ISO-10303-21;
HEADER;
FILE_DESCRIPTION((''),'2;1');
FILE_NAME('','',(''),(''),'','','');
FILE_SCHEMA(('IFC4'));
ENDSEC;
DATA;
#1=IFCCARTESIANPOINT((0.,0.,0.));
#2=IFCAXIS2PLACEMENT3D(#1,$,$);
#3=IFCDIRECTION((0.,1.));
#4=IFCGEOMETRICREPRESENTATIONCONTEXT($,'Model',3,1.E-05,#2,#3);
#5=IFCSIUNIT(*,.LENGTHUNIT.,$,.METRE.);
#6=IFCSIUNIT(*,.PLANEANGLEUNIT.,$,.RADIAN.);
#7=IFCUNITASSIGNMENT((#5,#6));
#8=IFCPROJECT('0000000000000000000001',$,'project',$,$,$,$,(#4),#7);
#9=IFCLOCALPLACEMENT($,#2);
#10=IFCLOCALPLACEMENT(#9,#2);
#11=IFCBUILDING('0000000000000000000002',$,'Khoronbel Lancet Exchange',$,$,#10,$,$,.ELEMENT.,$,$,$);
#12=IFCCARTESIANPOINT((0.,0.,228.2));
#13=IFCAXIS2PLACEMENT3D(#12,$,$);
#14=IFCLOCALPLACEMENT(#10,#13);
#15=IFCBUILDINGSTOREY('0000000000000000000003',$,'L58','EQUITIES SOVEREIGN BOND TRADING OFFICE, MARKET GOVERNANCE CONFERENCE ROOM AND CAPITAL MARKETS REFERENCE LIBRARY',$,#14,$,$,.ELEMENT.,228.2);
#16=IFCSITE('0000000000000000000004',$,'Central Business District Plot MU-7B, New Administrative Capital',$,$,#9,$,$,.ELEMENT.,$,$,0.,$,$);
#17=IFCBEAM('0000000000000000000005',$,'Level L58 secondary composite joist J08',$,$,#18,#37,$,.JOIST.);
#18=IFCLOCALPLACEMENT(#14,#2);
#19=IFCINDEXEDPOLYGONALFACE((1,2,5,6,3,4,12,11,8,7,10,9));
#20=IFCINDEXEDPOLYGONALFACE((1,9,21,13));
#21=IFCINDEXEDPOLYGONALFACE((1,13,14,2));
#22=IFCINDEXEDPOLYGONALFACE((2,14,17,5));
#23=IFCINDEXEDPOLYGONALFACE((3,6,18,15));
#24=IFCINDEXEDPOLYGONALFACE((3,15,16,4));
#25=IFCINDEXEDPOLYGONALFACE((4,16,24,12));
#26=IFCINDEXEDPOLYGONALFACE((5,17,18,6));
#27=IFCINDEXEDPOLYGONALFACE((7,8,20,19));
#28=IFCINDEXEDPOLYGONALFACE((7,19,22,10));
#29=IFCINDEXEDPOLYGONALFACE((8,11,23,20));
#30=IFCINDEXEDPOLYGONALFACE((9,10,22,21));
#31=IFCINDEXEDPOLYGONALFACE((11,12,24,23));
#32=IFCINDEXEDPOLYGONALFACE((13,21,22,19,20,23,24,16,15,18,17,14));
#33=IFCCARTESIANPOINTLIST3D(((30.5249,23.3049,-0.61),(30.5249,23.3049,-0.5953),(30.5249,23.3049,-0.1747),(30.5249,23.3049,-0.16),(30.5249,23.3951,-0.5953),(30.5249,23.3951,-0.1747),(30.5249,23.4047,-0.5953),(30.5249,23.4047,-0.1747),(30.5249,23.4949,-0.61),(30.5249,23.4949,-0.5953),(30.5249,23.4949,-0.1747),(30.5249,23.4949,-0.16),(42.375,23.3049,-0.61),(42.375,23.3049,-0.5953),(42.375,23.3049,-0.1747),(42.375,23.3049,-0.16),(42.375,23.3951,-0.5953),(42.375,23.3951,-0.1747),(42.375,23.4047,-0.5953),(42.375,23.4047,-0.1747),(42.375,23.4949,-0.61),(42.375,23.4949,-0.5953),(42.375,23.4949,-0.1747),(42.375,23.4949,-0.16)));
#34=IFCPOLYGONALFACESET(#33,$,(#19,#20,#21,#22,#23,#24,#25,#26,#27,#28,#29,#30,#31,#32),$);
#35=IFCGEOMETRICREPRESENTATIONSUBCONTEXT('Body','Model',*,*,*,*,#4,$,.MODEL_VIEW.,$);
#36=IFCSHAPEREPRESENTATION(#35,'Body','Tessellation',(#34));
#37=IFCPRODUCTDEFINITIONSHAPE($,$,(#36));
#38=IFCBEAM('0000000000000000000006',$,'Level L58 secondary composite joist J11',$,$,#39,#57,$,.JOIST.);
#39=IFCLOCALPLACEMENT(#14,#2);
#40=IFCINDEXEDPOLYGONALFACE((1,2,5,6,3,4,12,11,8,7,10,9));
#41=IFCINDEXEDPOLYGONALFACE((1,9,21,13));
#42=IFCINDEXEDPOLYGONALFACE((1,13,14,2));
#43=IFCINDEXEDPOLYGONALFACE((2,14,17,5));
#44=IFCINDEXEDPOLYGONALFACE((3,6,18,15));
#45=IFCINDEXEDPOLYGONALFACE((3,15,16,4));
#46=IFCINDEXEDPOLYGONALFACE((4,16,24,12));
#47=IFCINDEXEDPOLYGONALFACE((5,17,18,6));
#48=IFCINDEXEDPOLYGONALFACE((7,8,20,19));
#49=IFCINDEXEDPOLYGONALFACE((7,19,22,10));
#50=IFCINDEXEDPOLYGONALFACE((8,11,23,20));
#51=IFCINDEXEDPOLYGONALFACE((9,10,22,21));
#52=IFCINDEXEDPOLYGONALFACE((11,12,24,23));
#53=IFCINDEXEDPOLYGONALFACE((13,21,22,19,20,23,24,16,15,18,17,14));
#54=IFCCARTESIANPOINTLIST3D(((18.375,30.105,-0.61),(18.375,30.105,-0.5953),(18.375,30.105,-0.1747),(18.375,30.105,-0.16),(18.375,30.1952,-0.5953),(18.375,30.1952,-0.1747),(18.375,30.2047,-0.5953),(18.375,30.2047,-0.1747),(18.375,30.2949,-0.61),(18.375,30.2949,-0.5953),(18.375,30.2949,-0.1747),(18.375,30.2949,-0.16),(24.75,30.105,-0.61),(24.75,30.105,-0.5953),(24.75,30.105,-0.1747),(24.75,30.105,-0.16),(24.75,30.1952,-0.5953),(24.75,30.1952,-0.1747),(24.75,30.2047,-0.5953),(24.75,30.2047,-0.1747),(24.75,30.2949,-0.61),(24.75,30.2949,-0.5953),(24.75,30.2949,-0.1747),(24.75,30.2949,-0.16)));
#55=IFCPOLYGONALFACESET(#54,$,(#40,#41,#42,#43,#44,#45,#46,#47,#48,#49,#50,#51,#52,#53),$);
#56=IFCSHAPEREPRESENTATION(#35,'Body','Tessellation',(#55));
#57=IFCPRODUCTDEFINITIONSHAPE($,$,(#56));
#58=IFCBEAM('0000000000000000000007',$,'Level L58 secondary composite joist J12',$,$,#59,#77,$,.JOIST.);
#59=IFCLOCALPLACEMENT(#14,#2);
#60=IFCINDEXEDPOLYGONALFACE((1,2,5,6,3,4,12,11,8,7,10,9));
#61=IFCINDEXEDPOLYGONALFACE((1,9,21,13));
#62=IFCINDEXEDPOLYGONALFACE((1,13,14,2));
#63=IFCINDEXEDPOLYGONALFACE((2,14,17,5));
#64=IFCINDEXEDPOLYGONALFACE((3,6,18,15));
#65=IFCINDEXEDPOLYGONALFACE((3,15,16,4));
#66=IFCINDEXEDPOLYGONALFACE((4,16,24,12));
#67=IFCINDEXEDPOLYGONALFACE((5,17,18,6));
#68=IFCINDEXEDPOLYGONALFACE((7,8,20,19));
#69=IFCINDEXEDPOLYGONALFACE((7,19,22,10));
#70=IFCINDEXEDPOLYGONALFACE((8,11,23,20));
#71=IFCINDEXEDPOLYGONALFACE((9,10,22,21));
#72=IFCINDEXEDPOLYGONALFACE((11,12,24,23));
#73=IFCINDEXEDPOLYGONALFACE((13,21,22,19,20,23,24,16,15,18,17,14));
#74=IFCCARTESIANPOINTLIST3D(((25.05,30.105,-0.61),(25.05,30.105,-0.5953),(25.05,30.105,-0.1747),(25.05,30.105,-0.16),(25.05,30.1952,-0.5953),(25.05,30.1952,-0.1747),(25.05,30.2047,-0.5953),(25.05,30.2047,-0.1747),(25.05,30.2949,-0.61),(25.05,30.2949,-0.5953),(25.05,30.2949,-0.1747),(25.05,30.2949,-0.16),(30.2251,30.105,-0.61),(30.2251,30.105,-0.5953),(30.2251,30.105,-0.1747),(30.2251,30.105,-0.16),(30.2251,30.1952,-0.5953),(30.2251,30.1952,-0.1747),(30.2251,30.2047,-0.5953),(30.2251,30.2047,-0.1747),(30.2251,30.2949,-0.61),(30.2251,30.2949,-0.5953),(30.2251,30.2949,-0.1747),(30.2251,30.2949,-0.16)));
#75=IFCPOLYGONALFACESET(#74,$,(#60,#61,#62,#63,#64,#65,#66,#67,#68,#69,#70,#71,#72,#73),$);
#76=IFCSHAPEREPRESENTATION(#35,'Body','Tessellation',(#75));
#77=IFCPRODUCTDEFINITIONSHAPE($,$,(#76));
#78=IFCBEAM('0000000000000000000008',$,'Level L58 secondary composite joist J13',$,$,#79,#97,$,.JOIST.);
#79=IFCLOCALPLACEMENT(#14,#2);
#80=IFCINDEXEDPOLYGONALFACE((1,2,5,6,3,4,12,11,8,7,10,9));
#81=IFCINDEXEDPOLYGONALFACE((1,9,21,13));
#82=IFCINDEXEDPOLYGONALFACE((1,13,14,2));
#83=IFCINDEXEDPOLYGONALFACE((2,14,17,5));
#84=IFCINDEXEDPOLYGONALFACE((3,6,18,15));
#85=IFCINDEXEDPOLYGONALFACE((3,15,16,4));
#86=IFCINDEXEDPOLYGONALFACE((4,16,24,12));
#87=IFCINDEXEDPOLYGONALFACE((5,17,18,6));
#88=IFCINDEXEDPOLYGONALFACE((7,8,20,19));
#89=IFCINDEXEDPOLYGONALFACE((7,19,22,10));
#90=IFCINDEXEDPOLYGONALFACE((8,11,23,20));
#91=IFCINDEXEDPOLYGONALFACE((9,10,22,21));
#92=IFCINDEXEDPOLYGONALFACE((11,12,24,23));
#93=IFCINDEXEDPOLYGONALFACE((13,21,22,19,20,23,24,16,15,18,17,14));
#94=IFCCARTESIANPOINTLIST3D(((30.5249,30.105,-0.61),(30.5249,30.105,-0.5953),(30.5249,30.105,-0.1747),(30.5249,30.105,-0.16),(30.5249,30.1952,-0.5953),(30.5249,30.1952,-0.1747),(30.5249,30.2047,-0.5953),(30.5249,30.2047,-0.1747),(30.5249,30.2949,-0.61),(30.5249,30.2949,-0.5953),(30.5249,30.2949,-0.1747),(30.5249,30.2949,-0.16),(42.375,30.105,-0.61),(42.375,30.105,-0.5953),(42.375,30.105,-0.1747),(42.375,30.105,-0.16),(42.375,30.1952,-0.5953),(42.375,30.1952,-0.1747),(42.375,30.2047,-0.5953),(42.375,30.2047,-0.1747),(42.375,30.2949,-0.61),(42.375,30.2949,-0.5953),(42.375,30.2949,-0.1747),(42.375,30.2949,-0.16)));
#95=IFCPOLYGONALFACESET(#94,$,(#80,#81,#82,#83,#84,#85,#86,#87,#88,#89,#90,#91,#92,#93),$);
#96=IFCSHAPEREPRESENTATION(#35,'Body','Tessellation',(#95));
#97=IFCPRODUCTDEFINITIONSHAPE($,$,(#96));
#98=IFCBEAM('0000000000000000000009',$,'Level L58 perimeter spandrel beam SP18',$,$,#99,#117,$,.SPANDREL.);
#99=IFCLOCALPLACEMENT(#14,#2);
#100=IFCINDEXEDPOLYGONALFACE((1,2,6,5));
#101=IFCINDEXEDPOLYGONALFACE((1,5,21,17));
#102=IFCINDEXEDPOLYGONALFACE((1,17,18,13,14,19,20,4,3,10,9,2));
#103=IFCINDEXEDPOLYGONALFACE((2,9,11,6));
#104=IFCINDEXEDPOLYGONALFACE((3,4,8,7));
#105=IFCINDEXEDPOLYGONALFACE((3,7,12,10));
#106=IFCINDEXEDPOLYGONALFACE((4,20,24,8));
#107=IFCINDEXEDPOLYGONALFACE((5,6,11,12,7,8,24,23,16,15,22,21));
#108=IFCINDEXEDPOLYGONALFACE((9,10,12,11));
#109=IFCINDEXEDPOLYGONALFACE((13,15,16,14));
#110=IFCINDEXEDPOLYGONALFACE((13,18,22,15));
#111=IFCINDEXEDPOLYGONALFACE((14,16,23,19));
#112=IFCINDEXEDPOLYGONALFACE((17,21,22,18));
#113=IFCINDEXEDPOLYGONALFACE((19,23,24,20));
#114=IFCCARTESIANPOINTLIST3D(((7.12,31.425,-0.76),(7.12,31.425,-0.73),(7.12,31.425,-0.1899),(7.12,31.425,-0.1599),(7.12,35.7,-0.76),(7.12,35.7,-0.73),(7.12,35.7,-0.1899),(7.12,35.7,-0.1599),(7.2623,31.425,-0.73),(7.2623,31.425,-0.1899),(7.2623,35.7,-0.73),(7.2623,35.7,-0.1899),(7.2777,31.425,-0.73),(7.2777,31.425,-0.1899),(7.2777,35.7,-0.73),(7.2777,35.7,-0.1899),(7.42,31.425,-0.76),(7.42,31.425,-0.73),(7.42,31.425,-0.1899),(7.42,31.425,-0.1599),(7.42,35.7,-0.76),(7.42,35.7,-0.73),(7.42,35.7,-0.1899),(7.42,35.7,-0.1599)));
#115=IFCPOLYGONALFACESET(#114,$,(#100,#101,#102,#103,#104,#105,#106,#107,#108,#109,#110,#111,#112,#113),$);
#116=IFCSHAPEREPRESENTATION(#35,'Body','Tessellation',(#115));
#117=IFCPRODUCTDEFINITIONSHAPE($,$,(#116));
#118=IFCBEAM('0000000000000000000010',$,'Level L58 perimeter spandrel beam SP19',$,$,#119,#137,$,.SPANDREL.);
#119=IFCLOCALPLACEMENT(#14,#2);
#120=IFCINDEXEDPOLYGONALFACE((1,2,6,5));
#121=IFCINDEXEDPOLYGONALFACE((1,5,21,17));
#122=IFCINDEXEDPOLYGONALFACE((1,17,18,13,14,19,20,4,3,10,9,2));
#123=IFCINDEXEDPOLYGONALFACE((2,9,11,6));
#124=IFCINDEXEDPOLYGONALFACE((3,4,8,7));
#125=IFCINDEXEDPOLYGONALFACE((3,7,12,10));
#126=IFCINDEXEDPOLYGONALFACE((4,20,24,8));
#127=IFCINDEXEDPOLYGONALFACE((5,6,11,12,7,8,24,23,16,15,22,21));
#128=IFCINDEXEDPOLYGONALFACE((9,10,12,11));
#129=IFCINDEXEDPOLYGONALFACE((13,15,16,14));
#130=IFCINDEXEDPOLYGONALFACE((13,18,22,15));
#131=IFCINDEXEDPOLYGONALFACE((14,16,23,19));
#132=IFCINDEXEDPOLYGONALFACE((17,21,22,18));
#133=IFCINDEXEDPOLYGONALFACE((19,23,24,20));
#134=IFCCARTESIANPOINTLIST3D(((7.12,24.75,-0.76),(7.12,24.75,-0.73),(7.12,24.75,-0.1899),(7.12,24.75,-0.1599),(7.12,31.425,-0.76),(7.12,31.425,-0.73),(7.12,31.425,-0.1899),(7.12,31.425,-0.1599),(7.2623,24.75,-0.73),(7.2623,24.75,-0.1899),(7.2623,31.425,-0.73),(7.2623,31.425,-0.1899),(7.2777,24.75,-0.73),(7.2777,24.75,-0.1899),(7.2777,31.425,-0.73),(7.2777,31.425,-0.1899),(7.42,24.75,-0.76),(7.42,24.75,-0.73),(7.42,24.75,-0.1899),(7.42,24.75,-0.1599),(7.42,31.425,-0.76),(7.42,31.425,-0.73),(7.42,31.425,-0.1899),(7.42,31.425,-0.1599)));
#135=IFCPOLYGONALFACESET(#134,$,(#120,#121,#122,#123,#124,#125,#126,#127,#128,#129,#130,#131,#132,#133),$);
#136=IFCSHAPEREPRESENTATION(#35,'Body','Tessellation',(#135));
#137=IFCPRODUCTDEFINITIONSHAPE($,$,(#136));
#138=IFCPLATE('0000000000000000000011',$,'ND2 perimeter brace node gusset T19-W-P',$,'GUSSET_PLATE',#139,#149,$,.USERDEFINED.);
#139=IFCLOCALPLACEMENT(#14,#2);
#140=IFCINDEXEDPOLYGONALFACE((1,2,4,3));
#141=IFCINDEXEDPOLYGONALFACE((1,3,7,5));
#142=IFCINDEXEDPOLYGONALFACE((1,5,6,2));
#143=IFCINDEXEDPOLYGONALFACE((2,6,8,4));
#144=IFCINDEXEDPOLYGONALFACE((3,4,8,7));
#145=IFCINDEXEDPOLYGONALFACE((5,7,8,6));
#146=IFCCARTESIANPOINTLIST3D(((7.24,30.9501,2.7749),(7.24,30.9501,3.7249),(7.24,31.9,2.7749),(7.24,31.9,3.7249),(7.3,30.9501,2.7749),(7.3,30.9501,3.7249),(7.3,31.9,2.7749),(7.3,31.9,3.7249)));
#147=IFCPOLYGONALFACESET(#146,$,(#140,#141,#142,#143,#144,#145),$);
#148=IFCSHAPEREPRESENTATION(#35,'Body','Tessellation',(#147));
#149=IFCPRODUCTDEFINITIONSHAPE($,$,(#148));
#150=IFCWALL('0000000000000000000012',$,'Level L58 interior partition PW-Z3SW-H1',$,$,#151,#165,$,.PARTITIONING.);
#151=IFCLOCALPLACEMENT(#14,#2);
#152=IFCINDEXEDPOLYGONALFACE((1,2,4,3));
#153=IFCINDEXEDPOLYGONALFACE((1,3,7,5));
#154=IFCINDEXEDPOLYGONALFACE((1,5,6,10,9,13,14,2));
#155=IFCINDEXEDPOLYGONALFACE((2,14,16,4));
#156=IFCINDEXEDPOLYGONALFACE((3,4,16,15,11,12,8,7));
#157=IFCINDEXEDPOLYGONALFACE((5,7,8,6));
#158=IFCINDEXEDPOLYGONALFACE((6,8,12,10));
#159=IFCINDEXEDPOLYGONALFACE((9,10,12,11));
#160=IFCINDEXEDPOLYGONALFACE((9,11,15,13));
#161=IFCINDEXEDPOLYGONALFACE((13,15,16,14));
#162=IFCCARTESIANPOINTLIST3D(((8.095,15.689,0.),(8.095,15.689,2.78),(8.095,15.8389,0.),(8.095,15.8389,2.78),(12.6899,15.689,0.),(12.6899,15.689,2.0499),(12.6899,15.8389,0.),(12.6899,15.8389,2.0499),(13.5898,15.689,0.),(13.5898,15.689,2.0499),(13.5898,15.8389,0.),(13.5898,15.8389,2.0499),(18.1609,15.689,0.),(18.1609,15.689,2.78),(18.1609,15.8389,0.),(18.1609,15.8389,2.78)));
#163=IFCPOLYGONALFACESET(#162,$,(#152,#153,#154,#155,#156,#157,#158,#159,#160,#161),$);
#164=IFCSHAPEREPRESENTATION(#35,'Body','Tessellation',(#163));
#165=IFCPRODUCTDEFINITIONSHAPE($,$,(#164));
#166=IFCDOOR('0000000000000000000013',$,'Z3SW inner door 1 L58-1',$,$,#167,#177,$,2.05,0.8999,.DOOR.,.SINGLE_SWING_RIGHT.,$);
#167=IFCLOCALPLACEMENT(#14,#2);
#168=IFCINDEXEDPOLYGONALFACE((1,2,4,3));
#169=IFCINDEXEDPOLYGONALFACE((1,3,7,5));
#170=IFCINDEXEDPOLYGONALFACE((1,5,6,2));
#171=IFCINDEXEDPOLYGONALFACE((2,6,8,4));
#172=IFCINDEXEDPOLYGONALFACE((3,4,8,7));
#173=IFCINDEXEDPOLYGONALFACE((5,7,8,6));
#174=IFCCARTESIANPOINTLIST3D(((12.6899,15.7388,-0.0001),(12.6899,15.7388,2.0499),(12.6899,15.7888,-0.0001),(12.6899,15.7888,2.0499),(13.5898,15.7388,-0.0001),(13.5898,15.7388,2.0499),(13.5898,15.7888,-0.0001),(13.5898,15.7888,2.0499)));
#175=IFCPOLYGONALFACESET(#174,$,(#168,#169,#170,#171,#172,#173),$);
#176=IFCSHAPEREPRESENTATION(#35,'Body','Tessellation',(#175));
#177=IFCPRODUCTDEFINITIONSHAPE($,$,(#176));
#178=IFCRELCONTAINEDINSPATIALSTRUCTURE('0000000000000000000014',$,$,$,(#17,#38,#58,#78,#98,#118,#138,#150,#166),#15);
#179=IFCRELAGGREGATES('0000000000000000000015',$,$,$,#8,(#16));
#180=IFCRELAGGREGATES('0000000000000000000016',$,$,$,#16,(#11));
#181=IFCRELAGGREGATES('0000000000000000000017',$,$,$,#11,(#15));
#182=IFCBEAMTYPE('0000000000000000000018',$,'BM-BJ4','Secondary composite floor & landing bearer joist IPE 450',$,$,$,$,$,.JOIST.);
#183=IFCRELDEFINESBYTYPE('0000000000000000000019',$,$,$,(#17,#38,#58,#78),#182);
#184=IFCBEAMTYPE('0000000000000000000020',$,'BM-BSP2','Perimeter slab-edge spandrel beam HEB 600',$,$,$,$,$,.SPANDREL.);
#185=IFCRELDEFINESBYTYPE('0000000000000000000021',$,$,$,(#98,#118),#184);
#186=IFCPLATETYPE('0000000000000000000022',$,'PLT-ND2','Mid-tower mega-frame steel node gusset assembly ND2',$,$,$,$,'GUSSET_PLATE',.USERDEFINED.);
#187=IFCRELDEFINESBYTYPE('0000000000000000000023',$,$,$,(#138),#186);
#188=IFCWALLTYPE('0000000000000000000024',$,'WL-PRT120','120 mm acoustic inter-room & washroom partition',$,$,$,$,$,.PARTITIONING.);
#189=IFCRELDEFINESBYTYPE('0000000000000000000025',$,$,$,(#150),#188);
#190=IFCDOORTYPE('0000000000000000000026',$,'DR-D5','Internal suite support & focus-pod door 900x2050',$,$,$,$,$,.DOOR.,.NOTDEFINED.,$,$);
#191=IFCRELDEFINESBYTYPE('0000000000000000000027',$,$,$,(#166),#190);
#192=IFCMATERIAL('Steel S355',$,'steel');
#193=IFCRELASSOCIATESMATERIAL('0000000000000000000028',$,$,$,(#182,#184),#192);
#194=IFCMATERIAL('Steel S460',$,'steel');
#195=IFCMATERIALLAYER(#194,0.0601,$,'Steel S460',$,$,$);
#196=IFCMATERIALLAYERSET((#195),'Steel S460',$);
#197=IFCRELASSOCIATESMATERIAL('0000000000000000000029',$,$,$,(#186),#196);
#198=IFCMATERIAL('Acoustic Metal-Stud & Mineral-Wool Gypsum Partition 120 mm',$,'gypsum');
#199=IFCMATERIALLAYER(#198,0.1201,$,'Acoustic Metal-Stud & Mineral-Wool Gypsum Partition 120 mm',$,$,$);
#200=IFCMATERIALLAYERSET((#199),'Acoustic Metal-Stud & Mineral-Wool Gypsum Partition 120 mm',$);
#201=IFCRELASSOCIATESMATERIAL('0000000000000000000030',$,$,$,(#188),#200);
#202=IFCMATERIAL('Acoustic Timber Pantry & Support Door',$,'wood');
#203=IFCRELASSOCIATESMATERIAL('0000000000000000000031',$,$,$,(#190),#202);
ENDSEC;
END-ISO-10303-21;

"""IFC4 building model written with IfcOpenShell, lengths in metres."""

from ifc_helpers import new_model, si_unit, direction, frame, frame_2d, origin, origin_2d, place, context, subcontext, project, spatial, rectangle, i_section, extrude, material, layer, layer_set, material_profile, profile_set, type_object, element, fill, save


model = new_model("IFC4")

# Units and contexts
model_context = context("Model", 3, precision=1e-05, world=origin(), true_north=direction((0.0, 1.0)))
body_context = subcontext(model_context, "Body", "Model", "MODEL_VIEW")
ifc_project = project(units=[si_unit("LENGTHUNIT", "METRE"), si_unit("PLANEANGLEUNIT", "RADIAN")], contexts=[model_context])

# Site, building, storey
site_placement = place(None, origin())
site = spatial("IfcSite", under=ifc_project, at=site_placement, Name="Central Business District Plot MU-7B, New Administrative Capital", CompositionType="ELEMENT", RefElevation=0.0)
building_placement = place(site_placement, origin())
building = spatial("IfcBuilding", under=site, at=building_placement, Name="Khoronbel Lancet Exchange", CompositionType="ELEMENT")
storey_placement = place(building_placement, frame((0.0, 0.0, 228.2)))
storey = spatial("IfcBuildingStorey", under=building, at=storey_placement, Name="L58", Description="EQUITIES SOVEREIGN BOND TRADING OFFICE, MARKET GOVERNANCE CONFERENCE ROOM AND CAPITAL MARKETS REFERENCE LIBRARY", CompositionType="ELEMENT", Elevation=228.2)

# Shared definitions
ifc_material_1 = material(Name="Steel S355", Category="steel")

# Beams
ifc_material_profile_1 = material_profile(ifc_material_1, i_section(OverallWidth=0.1899, OverallDepth=0.45, WebThickness=0.0095, FlangeThickness=0.0146, at=origin_2d()), Name="IPE 450")
ifc_profile_set_1 = profile_set([ifc_material_profile_1], Name="Steel S355")
beam_type_1 = type_object("IfcBeamType", Name="BM-BJ4", Description="Secondary composite floor & landing bearer joist IPE 450", PredefinedType="JOIST", material=ifc_profile_set_1)
beam_1_placement = place(storey_placement, frame((30.5249, 23.3999, -0.385), z_axis=(1.0, 0.0, 0.0), x_axis=(0.0, 1.0, 0.0)))
element("IfcBeam", 1, at=beam_1_placement, inside=storey, type_object=beam_type_1, Name="Level L58 secondary composite joist J08", PredefinedType="JOIST", context=body_context, shape_type="SweptSolid", body=[
    extrude(i_section(OverallWidth=0.1899, OverallDepth=0.45, WebThickness=0.0095, FlangeThickness=0.0146, at=origin_2d()), origin(), (0.0, 0.0, 1.0), 11.8501),
])
beam_2_placement = place(storey_placement, frame((18.375, 30.2, -0.385), z_axis=(1.0, 0.0, 0.0), x_axis=(0.0, 1.0, 0.0)))
element("IfcBeam", 2, at=beam_2_placement, inside=storey, type_object=beam_type_1, Name="Level L58 secondary composite joist J11", PredefinedType="JOIST", context=body_context, shape_type="SweptSolid", body=[
    extrude(i_section(OverallWidth=0.1899, OverallDepth=0.45, WebThickness=0.0095, FlangeThickness=0.0146, at=origin_2d()), origin(), (0.0, 0.0, 1.0), 6.375),
])
beam_3_placement = place(storey_placement, frame((25.05, 30.2, -0.385), z_axis=(1.0, 0.0, 0.0), x_axis=(0.0, 1.0, 0.0)))
element("IfcBeam", 3, at=beam_3_placement, inside=storey, type_object=beam_type_1, Name="Level L58 secondary composite joist J12", PredefinedType="JOIST", context=body_context, shape_type="SweptSolid", body=[
    extrude(i_section(OverallWidth=0.1899, OverallDepth=0.45, WebThickness=0.0095, FlangeThickness=0.0146, at=origin_2d()), origin(), (0.0, 0.0, 1.0), 5.175),
])
beam_4_placement = place(storey_placement, frame((30.5249, 30.2, -0.385), z_axis=(1.0, 0.0, 0.0), x_axis=(0.0, 1.0, 0.0)))
element("IfcBeam", 4, at=beam_4_placement, inside=storey, type_object=beam_type_1, Name="Level L58 secondary composite joist J13", PredefinedType="JOIST", context=body_context, shape_type="SweptSolid", body=[
    extrude(i_section(OverallWidth=0.1899, OverallDepth=0.45, WebThickness=0.0095, FlangeThickness=0.0146, at=origin_2d()), origin(), (0.0, 0.0, 1.0), 11.8501),
])
ifc_material_profile_2 = material_profile(ifc_material_1, i_section(OverallWidth=0.3, OverallDepth=0.6001, WebThickness=0.0154, FlangeThickness=0.03, at=origin_2d()), Name="HEB 600")
ifc_profile_set_2 = profile_set([ifc_material_profile_2], Name="Steel S355")
beam_type_2 = type_object("IfcBeamType", Name="BM-BSP2", Description="Perimeter slab-edge spandrel beam HEB 600", PredefinedType="SPANDREL", material=ifc_profile_set_2)
beam_5_placement = place(storey_placement, frame((7.27, 35.7, -0.46), z_axis=(0.0, -1.0, 0.0), x_axis=(1.0, 0.0, 0.0)))
element("IfcBeam", 5, at=beam_5_placement, inside=storey, type_object=beam_type_2, Name="Level L58 perimeter spandrel beam SP18", PredefinedType="SPANDREL", context=body_context, shape_type="SweptSolid", body=[
    extrude(i_section(OverallWidth=0.3, OverallDepth=0.6001, WebThickness=0.0154, FlangeThickness=0.03, at=origin_2d()), origin(), (0.0, 0.0, 1.0), 4.2749),
])
beam_6_placement = place(storey_placement, frame((7.27, 31.425, -0.46), z_axis=(0.0, -1.0, 0.0), x_axis=(1.0, 0.0, 0.0)))
element("IfcBeam", 6, at=beam_6_placement, inside=storey, type_object=beam_type_2, Name="Level L58 perimeter spandrel beam SP19", PredefinedType="SPANDREL", context=body_context, shape_type="SweptSolid", body=[
    extrude(i_section(OverallWidth=0.3, OverallDepth=0.6001, WebThickness=0.0154, FlangeThickness=0.03, at=origin_2d()), origin(), (0.0, 0.0, 1.0), 6.675),
])

# Plate
ifc_material_2 = material(Name="Steel S460", Category="steel")
ifc_layer_1 = layer(ifc_material_2, 0.0601, Name="Steel S460")
ifc_layer_set_1 = layer_set([ifc_layer_1], Name="Steel S460")
plate_type = type_object("IfcPlateType", Name="PLT-ND2", Description="Mid-tower mega-frame steel node gusset assembly ND2", ElementType="GUSSET_PLATE", PredefinedType="USERDEFINED", material=ifc_layer_set_1)
plate_placement = place(storey_placement, frame((7.27, 31.425, 2.7749), z_axis=(0.0, 0.0, 1.0), x_axis=(0.0, 1.0, 0.0)))
element("IfcPlate", 7, at=plate_placement, inside=storey, type_object=plate_type, Name="ND2 perimeter brace node gusset T19-W-P", ObjectType="GUSSET_PLATE", PredefinedType="USERDEFINED", context=body_context, shape_type="SweptSolid", body=[
    extrude(rectangle(XDim=0.95, YDim=0.0601, at=origin_2d()), origin(), (0.0, 0.0, 1.0), 0.95),
])

# Wall, opening, door
ifc_material_3 = material(Name="Acoustic Metal-Stud & Mineral-Wool Gypsum Partition 120 mm", Category="gypsum")
ifc_layer_2 = layer(ifc_material_3, 0.1201, Name="Acoustic Metal-Stud & Mineral-Wool Gypsum Partition 120 mm")
ifc_layer_set_2 = layer_set([ifc_layer_2], Name="Acoustic Metal-Stud & Mineral-Wool Gypsum Partition 120 mm")
wall_type_1 = type_object("IfcWallType", Name="WL-PRT120", Description="120 mm acoustic inter-room & washroom partition", PredefinedType="PARTITIONING", material=ifc_layer_set_2)
wall_1_placement = place(storey_placement, frame((8.095, 15.7639, 0.0), z_axis=(0.0, 0.0, 1.0), x_axis=(1.0, 0.0, 0.0)))
wall_1 = element("IfcWall", 8, at=wall_1_placement, inside=storey, type_object=wall_type_1, Name="Level L58 interior partition PW-Z3SW-H1", PredefinedType="PARTITIONING", context=body_context, shape_type="SweptSolid", body=[
    extrude(rectangle(XDim=10.0659, YDim=0.1499, at=frame_2d((5.033, 0.0))), origin(), (0.0, 0.0, 1.0), 2.78),
])
opening_1_placement = place(wall_1_placement, frame((4.595, 0.0, 0.0)))
opening_1 = element("IfcOpeningElement", 9, at=opening_1_placement, cuts=wall_1, PredefinedType="OPENING", context=body_context, shape_type="SweptSolid", body=[
    extrude(rectangle(XDim=0.8999, YDim=2.05, at=frame_2d((0.45, 1.0249))), frame((0.0, 0.085, 0.0), z_axis=(0.0, -1.0, 0.0), x_axis=(1.0, 0.0, 0.0)), (0.0, 0.0, 1.0), 0.1699),
])
ifc_material_4 = material(Name="Acoustic Timber Pantry & Support Door", Category="wood")
door_type_1 = type_object("IfcDoorType", Name="DR-D5", Description="Internal suite support & focus-pod door 900x2050", OperationType="NOTDEFINED", PredefinedType="DOOR", material=ifc_material_4)
door_1_placement = place(opening_1_placement, origin())
door_1 = element("IfcDoor", 10, at=door_1_placement, inside=storey, type_object=door_type_1, Name="Z3SW inner door 1 L58-1", OperationType="SINGLE_SWING_RIGHT", OverallHeight=2.05, OverallWidth=0.8999, PredefinedType="DOOR", context=body_context, shape_type="SweptSolid", body=[
    extrude(rectangle(XDim=0.8999, YDim=2.05, at=frame_2d((0.45, 1.0249))), frame((0.0, 0.0249, 0.0), z_axis=(0.0, -1.0, 0.0), x_axis=(1.0, 0.0, 0.0)), (0.0, 0.0, 1.0), 0.05),
])
fill(opening_1, door_1)

save(model, "model.ifc")
